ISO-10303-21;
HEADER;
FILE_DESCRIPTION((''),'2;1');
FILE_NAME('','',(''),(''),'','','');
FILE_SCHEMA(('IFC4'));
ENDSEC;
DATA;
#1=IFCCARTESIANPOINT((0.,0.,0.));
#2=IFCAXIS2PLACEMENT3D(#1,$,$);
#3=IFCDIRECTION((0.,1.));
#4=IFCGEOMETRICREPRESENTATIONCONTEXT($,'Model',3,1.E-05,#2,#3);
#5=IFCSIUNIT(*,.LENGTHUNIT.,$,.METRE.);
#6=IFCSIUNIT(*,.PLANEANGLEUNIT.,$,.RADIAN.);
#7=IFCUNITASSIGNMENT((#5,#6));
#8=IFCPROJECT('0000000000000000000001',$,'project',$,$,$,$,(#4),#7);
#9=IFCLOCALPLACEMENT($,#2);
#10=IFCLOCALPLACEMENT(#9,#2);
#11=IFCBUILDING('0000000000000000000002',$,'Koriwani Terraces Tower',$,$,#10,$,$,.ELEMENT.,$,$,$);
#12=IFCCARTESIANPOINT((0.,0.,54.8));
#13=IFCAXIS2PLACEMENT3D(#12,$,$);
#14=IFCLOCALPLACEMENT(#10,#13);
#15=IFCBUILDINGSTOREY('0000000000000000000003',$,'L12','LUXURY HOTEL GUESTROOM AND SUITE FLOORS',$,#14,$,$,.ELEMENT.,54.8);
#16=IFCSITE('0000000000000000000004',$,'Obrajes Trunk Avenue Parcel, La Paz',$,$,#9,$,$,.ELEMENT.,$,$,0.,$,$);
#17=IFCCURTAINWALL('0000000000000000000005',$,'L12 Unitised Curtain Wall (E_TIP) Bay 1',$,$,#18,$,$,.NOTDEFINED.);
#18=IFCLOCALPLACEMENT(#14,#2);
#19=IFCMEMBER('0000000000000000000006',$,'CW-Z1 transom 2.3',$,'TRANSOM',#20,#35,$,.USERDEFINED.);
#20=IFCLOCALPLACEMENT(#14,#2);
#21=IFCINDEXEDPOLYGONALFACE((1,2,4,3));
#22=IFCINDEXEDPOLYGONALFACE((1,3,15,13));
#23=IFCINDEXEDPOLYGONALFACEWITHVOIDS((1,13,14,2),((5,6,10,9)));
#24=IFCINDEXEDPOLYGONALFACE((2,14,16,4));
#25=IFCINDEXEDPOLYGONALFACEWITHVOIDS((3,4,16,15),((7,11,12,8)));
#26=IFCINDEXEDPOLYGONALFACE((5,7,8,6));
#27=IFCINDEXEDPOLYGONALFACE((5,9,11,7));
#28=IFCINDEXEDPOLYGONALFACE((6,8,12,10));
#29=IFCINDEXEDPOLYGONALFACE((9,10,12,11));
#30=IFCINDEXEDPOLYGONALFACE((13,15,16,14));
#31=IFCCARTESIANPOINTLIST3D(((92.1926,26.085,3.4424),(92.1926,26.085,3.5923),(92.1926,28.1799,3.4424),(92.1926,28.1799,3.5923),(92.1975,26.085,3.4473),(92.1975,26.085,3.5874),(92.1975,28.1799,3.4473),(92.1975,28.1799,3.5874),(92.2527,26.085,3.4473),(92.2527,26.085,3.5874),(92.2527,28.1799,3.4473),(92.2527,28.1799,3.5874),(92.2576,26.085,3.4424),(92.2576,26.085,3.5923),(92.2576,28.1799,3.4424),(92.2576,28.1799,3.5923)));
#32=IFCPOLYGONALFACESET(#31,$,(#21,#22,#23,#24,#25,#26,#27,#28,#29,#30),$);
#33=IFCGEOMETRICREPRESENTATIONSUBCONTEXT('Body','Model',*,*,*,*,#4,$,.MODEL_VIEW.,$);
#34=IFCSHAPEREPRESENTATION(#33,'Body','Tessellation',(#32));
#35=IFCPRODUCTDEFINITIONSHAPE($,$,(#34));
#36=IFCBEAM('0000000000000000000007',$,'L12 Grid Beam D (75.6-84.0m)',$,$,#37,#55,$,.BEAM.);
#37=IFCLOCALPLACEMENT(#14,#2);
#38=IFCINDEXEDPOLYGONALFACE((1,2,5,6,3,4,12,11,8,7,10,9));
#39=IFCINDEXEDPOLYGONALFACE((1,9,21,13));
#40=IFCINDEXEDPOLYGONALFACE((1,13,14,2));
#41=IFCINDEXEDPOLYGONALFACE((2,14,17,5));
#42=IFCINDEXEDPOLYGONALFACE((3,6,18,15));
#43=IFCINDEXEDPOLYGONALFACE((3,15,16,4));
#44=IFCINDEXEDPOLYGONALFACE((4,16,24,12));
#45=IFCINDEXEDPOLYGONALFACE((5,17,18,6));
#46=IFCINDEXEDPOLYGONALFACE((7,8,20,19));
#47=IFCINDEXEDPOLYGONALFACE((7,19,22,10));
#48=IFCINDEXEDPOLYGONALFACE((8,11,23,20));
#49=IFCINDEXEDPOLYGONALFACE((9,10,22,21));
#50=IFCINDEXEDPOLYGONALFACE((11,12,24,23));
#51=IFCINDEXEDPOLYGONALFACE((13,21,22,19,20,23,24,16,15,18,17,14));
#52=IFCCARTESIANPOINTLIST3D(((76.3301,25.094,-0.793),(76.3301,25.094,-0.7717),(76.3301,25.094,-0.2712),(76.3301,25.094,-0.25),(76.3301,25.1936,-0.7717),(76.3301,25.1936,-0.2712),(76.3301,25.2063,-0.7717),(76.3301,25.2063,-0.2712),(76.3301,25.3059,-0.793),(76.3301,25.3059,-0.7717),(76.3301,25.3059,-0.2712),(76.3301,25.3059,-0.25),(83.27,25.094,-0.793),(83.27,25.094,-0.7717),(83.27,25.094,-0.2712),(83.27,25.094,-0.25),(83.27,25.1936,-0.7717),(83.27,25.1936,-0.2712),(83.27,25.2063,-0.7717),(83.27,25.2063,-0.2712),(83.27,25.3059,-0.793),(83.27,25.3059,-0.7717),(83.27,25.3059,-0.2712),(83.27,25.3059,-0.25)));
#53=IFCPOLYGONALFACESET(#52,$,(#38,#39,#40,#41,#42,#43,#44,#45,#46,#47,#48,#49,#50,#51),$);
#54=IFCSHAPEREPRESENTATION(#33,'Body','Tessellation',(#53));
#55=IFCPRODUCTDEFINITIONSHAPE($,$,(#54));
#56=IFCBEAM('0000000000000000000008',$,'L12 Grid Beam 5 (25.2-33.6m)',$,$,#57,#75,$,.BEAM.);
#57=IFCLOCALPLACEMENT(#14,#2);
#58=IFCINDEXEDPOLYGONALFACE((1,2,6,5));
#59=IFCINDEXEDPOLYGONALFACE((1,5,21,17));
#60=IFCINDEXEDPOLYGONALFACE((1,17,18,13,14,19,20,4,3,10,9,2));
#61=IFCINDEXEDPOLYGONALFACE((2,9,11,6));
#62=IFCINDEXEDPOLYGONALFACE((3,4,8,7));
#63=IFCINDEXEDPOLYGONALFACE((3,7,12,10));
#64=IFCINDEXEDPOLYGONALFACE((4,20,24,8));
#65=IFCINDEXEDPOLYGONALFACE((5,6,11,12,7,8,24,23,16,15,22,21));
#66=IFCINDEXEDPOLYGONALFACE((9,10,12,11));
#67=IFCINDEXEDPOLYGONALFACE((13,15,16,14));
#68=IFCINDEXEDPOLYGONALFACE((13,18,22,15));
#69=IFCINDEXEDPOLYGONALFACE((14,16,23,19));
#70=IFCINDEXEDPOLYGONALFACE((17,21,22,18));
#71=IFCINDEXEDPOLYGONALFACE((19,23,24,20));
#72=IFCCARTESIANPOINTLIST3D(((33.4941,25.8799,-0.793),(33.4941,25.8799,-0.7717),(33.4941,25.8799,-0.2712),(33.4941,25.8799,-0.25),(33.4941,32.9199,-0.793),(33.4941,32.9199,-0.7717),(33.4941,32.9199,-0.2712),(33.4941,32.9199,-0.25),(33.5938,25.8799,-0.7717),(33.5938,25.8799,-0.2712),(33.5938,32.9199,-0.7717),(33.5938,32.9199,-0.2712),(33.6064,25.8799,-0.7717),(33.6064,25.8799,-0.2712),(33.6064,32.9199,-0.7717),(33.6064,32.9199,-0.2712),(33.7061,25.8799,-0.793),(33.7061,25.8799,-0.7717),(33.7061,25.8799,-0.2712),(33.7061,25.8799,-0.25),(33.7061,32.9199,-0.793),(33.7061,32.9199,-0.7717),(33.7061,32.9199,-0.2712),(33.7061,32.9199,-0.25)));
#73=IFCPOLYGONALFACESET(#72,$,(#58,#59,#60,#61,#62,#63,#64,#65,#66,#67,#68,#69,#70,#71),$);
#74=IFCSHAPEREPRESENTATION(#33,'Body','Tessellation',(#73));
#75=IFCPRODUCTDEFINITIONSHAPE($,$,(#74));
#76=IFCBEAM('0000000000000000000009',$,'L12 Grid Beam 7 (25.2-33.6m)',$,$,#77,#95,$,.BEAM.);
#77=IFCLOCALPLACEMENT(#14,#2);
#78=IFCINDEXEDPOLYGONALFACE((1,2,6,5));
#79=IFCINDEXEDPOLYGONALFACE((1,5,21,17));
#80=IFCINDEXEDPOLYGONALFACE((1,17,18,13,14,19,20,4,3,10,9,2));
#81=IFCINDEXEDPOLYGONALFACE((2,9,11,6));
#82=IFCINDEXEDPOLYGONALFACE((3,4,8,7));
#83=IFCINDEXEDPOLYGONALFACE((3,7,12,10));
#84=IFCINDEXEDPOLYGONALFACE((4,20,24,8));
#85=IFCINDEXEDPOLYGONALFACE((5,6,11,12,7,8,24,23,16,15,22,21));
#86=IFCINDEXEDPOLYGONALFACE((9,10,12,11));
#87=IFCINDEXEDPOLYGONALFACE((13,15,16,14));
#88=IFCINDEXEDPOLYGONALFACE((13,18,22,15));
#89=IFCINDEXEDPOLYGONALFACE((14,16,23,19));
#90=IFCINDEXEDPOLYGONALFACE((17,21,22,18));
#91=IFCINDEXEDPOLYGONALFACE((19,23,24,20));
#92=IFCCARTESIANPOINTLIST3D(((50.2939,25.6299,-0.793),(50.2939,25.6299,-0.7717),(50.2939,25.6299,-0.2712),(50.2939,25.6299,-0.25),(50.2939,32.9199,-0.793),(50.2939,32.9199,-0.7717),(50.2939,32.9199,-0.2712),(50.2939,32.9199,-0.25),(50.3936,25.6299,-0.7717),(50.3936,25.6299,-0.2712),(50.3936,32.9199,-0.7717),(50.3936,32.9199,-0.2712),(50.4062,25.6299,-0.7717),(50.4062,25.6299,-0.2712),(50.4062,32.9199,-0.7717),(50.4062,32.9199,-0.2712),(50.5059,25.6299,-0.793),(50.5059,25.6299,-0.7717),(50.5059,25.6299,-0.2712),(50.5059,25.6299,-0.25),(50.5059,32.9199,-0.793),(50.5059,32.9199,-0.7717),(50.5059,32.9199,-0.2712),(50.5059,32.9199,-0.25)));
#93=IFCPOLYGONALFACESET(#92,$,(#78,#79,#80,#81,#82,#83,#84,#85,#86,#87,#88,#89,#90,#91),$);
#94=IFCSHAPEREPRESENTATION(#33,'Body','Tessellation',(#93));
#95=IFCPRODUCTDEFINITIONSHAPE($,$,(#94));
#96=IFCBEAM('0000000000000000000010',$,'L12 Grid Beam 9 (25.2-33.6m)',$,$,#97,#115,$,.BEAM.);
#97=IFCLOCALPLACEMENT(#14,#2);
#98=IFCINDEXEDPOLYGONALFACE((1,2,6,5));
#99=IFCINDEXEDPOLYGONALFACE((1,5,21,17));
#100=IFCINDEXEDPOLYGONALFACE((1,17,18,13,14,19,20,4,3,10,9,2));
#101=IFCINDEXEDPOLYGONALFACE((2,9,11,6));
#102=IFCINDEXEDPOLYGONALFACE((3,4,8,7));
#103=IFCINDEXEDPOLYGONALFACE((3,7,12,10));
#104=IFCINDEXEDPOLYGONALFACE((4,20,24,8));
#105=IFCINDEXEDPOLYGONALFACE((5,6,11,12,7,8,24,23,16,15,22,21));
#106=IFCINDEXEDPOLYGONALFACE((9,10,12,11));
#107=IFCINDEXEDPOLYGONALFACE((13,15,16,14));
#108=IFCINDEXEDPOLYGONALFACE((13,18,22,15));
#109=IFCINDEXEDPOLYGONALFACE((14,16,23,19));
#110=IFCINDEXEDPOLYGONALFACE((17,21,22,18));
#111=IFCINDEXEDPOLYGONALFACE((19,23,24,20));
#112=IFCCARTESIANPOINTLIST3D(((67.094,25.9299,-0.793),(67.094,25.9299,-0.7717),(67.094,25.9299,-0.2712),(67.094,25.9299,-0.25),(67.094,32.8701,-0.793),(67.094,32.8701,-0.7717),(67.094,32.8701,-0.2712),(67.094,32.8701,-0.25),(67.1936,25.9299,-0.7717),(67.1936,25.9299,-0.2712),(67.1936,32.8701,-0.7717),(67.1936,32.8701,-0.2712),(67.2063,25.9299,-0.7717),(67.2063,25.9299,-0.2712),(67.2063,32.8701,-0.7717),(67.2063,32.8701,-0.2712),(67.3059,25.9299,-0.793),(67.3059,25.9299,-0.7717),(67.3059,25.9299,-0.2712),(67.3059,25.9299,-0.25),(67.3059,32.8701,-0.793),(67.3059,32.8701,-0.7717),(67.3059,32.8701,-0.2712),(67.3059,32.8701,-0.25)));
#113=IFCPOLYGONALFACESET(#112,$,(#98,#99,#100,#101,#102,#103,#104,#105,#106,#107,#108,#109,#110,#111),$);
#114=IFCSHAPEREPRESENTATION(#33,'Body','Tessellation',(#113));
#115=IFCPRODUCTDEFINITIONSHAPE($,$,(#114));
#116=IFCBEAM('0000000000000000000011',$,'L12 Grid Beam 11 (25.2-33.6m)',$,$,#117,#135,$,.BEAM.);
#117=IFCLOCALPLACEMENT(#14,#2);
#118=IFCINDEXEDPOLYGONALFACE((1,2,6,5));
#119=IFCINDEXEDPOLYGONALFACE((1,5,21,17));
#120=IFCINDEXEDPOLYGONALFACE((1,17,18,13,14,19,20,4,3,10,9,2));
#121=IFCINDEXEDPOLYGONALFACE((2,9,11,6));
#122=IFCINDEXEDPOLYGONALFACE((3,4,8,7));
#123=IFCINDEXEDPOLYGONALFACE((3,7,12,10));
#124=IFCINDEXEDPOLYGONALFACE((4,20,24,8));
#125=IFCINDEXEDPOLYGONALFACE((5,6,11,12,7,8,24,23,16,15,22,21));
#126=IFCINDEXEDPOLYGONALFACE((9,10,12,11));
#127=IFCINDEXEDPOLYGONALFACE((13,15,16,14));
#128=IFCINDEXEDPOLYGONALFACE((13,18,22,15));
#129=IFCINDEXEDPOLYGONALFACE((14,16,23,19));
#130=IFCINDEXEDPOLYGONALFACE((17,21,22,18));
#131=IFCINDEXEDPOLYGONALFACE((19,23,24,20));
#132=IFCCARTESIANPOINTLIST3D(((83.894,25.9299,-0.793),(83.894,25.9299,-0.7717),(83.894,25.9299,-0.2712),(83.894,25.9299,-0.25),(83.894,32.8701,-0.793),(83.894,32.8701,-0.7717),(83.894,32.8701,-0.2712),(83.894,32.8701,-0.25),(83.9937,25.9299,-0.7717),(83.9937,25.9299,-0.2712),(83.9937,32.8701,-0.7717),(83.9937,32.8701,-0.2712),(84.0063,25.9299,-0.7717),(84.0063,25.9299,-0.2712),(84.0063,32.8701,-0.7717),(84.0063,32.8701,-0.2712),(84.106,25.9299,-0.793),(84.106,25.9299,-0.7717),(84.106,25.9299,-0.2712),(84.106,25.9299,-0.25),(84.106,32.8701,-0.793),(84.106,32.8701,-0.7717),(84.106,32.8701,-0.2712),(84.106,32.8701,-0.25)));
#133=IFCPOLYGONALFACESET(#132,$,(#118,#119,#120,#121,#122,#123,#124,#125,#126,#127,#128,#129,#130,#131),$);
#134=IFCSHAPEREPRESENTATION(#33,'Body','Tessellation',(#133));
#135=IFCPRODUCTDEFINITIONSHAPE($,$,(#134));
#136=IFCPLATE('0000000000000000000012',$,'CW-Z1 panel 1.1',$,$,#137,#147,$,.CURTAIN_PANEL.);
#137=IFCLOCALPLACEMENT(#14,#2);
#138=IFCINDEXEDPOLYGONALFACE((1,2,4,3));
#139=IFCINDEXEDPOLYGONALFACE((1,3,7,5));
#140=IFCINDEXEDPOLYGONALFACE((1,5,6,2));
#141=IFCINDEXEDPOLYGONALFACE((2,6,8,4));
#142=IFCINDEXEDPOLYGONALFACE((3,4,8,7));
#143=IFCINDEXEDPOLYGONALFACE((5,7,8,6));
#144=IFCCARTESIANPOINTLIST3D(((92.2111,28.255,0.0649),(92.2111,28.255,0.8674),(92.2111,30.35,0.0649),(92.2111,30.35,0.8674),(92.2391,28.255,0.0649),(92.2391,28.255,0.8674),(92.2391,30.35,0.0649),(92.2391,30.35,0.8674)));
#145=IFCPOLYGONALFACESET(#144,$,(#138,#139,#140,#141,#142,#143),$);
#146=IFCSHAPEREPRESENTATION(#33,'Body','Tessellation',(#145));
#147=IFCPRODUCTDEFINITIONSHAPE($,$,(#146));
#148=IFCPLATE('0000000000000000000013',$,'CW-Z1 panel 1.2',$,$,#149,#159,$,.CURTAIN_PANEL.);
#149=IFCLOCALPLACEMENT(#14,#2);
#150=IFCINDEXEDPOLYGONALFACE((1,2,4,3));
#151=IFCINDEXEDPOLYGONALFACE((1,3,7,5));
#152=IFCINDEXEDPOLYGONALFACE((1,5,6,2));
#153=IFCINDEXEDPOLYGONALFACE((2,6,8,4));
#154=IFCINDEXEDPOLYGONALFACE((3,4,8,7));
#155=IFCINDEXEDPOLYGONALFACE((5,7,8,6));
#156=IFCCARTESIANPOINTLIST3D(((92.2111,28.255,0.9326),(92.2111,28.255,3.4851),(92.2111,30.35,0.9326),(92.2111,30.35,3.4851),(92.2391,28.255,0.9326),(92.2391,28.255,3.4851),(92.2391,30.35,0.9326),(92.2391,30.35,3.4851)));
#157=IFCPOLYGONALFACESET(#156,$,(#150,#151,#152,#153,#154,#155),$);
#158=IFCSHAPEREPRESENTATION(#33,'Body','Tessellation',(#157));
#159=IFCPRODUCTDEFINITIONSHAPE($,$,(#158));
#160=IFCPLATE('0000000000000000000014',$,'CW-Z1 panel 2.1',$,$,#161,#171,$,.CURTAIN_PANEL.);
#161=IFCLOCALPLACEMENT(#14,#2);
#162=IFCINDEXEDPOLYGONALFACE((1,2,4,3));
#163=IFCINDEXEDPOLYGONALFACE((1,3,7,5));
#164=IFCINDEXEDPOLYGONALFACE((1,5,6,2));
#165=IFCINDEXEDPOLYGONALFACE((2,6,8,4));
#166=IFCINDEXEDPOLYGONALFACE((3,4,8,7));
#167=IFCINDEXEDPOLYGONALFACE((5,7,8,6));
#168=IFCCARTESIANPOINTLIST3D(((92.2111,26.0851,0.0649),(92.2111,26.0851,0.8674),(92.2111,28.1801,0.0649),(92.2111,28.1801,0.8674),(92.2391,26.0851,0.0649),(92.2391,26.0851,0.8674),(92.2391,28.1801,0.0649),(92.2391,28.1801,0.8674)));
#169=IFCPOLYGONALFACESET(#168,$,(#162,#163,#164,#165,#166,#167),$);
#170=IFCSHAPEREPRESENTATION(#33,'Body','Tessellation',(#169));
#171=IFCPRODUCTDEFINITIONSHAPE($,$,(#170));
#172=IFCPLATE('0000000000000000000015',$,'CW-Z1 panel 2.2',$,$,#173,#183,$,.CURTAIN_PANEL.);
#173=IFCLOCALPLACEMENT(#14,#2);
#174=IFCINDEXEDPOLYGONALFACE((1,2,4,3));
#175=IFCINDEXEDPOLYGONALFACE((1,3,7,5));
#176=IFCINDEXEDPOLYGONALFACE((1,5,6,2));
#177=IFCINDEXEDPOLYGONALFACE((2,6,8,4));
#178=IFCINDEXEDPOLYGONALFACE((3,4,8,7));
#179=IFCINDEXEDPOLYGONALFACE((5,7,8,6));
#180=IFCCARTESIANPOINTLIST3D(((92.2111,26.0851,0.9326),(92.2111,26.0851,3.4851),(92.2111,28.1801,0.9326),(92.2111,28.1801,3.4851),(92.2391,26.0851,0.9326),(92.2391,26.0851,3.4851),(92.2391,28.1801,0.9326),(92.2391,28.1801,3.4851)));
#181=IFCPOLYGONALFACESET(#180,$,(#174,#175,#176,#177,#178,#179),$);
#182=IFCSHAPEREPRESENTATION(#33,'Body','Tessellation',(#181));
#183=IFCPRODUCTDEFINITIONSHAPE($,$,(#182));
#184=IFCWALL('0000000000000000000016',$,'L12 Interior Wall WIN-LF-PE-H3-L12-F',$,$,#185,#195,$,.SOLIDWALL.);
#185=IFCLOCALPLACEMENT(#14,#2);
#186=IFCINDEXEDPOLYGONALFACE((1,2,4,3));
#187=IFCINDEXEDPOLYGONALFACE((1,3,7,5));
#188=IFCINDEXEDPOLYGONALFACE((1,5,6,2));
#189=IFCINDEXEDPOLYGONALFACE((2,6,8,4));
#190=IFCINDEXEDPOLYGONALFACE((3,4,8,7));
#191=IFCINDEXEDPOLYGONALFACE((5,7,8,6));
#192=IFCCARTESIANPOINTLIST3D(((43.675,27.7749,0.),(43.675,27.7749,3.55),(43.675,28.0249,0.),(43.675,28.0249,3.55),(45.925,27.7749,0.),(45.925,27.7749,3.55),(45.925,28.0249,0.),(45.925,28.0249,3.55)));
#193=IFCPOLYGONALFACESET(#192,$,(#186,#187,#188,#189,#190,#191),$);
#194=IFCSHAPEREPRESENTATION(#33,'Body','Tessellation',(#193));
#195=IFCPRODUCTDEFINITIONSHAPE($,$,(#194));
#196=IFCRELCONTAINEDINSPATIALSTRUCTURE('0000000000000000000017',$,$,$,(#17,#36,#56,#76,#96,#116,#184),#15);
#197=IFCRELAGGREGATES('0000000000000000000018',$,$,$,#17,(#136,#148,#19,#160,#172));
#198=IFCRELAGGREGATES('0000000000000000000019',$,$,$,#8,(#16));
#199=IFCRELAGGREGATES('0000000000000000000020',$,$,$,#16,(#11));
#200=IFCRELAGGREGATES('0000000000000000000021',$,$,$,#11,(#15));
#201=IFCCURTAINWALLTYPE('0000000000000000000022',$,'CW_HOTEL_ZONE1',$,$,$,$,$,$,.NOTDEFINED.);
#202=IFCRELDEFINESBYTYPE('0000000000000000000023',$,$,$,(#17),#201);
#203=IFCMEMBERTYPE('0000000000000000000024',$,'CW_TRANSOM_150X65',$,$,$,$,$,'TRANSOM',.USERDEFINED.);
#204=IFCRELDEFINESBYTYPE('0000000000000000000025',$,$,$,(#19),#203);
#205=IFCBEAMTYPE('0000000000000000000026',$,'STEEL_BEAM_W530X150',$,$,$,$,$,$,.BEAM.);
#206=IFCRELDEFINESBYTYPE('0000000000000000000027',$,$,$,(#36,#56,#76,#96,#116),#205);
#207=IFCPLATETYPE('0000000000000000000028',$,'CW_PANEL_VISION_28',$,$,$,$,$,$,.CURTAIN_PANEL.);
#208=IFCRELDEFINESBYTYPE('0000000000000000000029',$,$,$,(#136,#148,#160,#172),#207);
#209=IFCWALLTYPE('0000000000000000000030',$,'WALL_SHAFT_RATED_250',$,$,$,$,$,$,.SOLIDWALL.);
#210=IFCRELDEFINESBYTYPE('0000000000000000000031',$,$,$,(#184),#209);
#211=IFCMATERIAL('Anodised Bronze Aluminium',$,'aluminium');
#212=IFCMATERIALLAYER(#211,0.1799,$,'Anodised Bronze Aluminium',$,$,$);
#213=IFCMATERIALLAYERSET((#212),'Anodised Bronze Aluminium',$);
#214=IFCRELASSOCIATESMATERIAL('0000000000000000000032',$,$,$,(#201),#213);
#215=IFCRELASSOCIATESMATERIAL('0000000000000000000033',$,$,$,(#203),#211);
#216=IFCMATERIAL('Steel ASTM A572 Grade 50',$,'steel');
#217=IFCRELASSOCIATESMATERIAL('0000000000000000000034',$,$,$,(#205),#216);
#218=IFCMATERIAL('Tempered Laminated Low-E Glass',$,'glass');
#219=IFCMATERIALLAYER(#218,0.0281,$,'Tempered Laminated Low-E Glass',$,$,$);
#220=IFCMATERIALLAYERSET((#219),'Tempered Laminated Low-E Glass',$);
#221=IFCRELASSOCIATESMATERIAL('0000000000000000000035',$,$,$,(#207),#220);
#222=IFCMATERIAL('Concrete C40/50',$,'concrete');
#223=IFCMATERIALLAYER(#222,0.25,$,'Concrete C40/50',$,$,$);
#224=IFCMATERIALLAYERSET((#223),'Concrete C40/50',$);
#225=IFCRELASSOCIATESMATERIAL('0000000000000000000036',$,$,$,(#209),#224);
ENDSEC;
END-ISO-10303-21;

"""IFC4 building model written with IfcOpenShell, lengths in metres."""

from ifc_helpers import new_model, si_unit, direction, frame, frame_2d, origin, origin_2d, place, context, subcontext, project, spatial, rectangle, hollow_rectangle, i_section, extrude, material, layer, layer_set, material_profile, profile_set, type_object, element, aggregate, save


model = new_model("IFC4")

# Units and contexts
model_context = context("Model", 3, precision=1e-05, world=origin(), true_north=direction((0.0, 1.0)))
body_context = subcontext(model_context, "Body", "Model", "MODEL_VIEW")
ifc_project = project(units=[si_unit("LENGTHUNIT", "METRE"), si_unit("PLANEANGLEUNIT", "RADIAN")], contexts=[model_context])

# Site, building, storey
site_placement = place(None, origin())
site = spatial("IfcSite", under=ifc_project, at=site_placement, Name="Obrajes Trunk Avenue Parcel, La Paz", CompositionType="ELEMENT", RefElevation=0.0)
building_placement = place(site_placement, origin())
building = spatial("IfcBuilding", under=site, at=building_placement, Name="Koriwani Terraces Tower", CompositionType="ELEMENT")
storey_placement = place(building_placement, frame((0.0, 0.0, 54.8)))
storey = spatial("IfcBuildingStorey", under=building, at=storey_placement, Name="L12", Description="LUXURY HOTEL GUESTROOM AND SUITE FLOORS", CompositionType="ELEMENT", Elevation=54.8)

# Curtain wall, member
ifc_material_1 = material(Name="Anodised Bronze Aluminium", Category="aluminium")
ifc_layer_1 = layer(ifc_material_1, 0.1799, Name="Anodised Bronze Aluminium")
ifc_layer_set_1 = layer_set([ifc_layer_1], Name="Anodised Bronze Aluminium")
curtain_wall_type = type_object("IfcCurtainWallType", Name="CW_HOTEL_ZONE1", PredefinedType="NOTDEFINED", material=ifc_layer_set_1)
curtain_wall_placement = place(storey_placement, origin())
curtain_wall = element("IfcCurtainWall", 1, at=curtain_wall_placement, inside=storey, type_object=curtain_wall_type, Name="L12 Unitised Curtain Wall (E_TIP) Bay 1", PredefinedType="NOTDEFINED")
ifc_material_profile_1 = material_profile(ifc_material_1, hollow_rectangle(XDim=0.0649, YDim=0.1499, WallThickness=0.0049, at=origin_2d()), Name="Anodised Bronze Aluminium", Category="LoadBearing")
ifc_profile_set_1 = profile_set([ifc_material_profile_1], Name="Anodised Bronze Aluminium")
member_type_1 = type_object("IfcMemberType", Name="CW_TRANSOM_150X65", ElementType="TRANSOM", PredefinedType="USERDEFINED", material=ifc_profile_set_1)
member_1_placement = place(storey_placement, frame((92.2251, 28.1799, 3.5173), z_axis=(0.0, -1.0, 0.0), x_axis=(1.0, 0.0, 0.0)))
member_1 = element("IfcMember", 2, at=member_1_placement, type_object=member_type_1, Name="CW-Z1 transom 2.3", ObjectType="TRANSOM", PredefinedType="USERDEFINED", context=body_context, shape_type="SweptSolid", body=[
    extrude(hollow_rectangle(XDim=0.0649, YDim=0.1499, WallThickness=0.0049, at=origin_2d()), origin(), (0.0, 0.0, 1.0), 2.095),
])

# Beams
ifc_material_2 = material(Name="Steel ASTM A572 Grade 50", Category="steel")
ifc_material_profile_2 = material_profile(ifc_material_2, i_section(OverallWidth=0.2119, OverallDepth=0.543, WebThickness=0.0127, FlangeThickness=0.0212, at=origin_2d()), Name="Steel ASTM A572 Grade 50", Category="LoadBearing")
ifc_profile_set_2 = profile_set([ifc_material_profile_2], Name="Steel ASTM A572 Grade 50")
beam_type_1 = type_object("IfcBeamType", Name="STEEL_BEAM_W530X150", PredefinedType="BEAM", material=ifc_profile_set_2)
beam_1_placement = place(storey_placement, frame((76.3301, 25.2, -0.5215), z_axis=(1.0, 0.0, 0.0), x_axis=(0.0, 1.0, 0.0)))
element("IfcBeam", 3, at=beam_1_placement, inside=storey, type_object=beam_type_1, Name="L12 Grid Beam D (75.6-84.0m)", PredefinedType="BEAM", context=body_context, shape_type="SweptSolid", body=[
    extrude(i_section(OverallWidth=0.2119, OverallDepth=0.543, WebThickness=0.0127, FlangeThickness=0.0212, at=origin_2d()), origin(), (0.0, 0.0, 1.0), 6.9399),
])
beam_2_placement = place(storey_placement, frame((33.6001, 25.8799, -0.5215), z_axis=(0.0, 1.0, 0.0), x_axis=(-1.0, 0.0, 0.0)))
element("IfcBeam", 4, at=beam_2_placement, inside=storey, type_object=beam_type_1, Name="L12 Grid Beam 5 (25.2-33.6m)", PredefinedType="BEAM", context=body_context, shape_type="SweptSolid", body=[
    extrude(i_section(OverallWidth=0.2119, OverallDepth=0.543, WebThickness=0.0127, FlangeThickness=0.0212, at=origin_2d()), origin(), (0.0, 0.0, 1.0), 7.04),
])
beam_3_placement = place(storey_placement, frame((50.3999, 25.6299, -0.5215), z_axis=(0.0, 1.0, 0.0), x_axis=(-1.0, 0.0, 0.0)))
element("IfcBeam", 5, at=beam_3_placement, inside=storey, type_object=beam_type_1, Name="L12 Grid Beam 7 (25.2-33.6m)", PredefinedType="BEAM", context=body_context, shape_type="SweptSolid", body=[
    extrude(i_section(OverallWidth=0.2119, OverallDepth=0.543, WebThickness=0.0127, FlangeThickness=0.0212, at=origin_2d()), origin(), (0.0, 0.0, 1.0), 7.29),
])
for number, where, z_axis, x_axis, name in (
    (6, (67.2, 25.9299, -0.5215), (0.0, 1.0, 0.0), (-1.0, 0.0, 0.0), "L12 Grid Beam 9 (25.2-33.6m)"),
    (7, (84.0, 25.9299, -0.5215), (0.0, 1.0, 0.0), (-1.0, 0.0, 0.0), "L12 Grid Beam 11 (25.2-33.6m)"),
):
    element("IfcBeam", number, at=place(storey_placement, frame(where, z_axis=z_axis, x_axis=x_axis)), inside=storey, type_object=beam_type_1, Name=name, PredefinedType="BEAM", context=body_context, shape_type="SweptSolid", body=[
        extrude(i_section(OverallWidth=0.2119, OverallDepth=0.543, WebThickness=0.0127, FlangeThickness=0.0212, at=origin_2d()), origin(), (0.0, 0.0, 1.0), 6.9402),
    ])

# Plates
ifc_material_3 = material(Name="Tempered Laminated Low-E Glass", Category="glass")
ifc_layer_2 = layer(ifc_material_3, 0.0281, Name="Tempered Laminated Low-E Glass")
ifc_layer_set_2 = layer_set([ifc_layer_2], Name="Tempered Laminated Low-E Glass")
plate_type = type_object("IfcPlateType", Name="CW_PANEL_VISION_28", PredefinedType="CURTAIN_PANEL", material=ifc_layer_set_2)
plate_1_placement = place(storey_placement, frame((92.2251, 29.3025, 0.0649), z_axis=(0.0, 0.0, 1.0), x_axis=(0.0, -1.0, 0.0)))
plate_1 = element("IfcPlate", 8, at=plate_1_placement, type_object=plate_type, Name="CW-Z1 panel 1.1", PredefinedType="CURTAIN_PANEL", context=body_context, shape_type="SweptSolid", body=[
    extrude(rectangle(XDim=2.095, YDim=0.0281, at=origin_2d()), origin(), (0.0, 0.0, 1.0), 0.8025),
])
plate_2_placement = place(storey_placement, frame((92.2251, 29.3025, 0.9326), z_axis=(0.0, 0.0, 1.0), x_axis=(0.0, -1.0, 0.0)))
plate_2 = element("IfcPlate", 9, at=plate_2_placement, type_object=plate_type, Name="CW-Z1 panel 1.2", PredefinedType="CURTAIN_PANEL", context=body_context, shape_type="SweptSolid", body=[
    extrude(rectangle(XDim=2.095, YDim=0.0281, at=origin_2d()), origin(), (0.0, 0.0, 1.0), 2.5525),
])
plate_3_placement = place(storey_placement, frame((92.2251, 27.1326, 0.0649), z_axis=(0.0, 0.0, 1.0), x_axis=(0.0, -1.0, 0.0)))
plate_3 = element("IfcPlate", 10, at=plate_3_placement, type_object=plate_type, Name="CW-Z1 panel 2.1", PredefinedType="CURTAIN_PANEL", context=body_context, shape_type="SweptSolid", body=[
    extrude(rectangle(XDim=2.095, YDim=0.0281, at=origin_2d()), origin(), (0.0, 0.0, 1.0), 0.8025),
])
plate_4_placement = place(storey_placement, frame((92.2251, 27.1326, 0.9326), z_axis=(0.0, 0.0, 1.0), x_axis=(0.0, -1.0, 0.0)))
plate_4 = element("IfcPlate", 11, at=plate_4_placement, type_object=plate_type, Name="CW-Z1 panel 2.2", PredefinedType="CURTAIN_PANEL", context=body_context, shape_type="SweptSolid", body=[
    extrude(rectangle(XDim=2.095, YDim=0.0281, at=origin_2d()), origin(), (0.0, 0.0, 1.0), 2.5525),
])
aggregate(curtain_wall, [plate_1, plate_2, member_1, plate_3, plate_4])

# Wall
ifc_material_4 = material(Name="Concrete C40/50", Category="concrete")
ifc_layer_3 = layer(ifc_material_4, 0.25, Name="Concrete C40/50")
ifc_layer_set_3 = layer_set([ifc_layer_3], Name="Concrete C40/50")
wall_type_1 = type_object("IfcWallType", Name="WALL_SHAFT_RATED_250", PredefinedType="SOLIDWALL", material=ifc_layer_set_3)
wall_1_placement = place(storey_placement, frame((43.675, 27.8999, 0.0), z_axis=(0.0, 0.0, 1.0), x_axis=(1.0, 0.0, 0.0)))
element("IfcWall", 12, at=wall_1_placement, inside=storey, type_object=wall_type_1, Name="L12 Interior Wall WIN-LF-PE-H3-L12-F", PredefinedType="SOLIDWALL", context=body_context, shape_type="SweptSolid", body=[
    extrude(rectangle(XDim=2.25, YDim=0.25, at=frame_2d((1.125, 0.0))), origin(), (0.0, 0.0, 1.0), 3.55),
])

save(model, "model.ifc")
